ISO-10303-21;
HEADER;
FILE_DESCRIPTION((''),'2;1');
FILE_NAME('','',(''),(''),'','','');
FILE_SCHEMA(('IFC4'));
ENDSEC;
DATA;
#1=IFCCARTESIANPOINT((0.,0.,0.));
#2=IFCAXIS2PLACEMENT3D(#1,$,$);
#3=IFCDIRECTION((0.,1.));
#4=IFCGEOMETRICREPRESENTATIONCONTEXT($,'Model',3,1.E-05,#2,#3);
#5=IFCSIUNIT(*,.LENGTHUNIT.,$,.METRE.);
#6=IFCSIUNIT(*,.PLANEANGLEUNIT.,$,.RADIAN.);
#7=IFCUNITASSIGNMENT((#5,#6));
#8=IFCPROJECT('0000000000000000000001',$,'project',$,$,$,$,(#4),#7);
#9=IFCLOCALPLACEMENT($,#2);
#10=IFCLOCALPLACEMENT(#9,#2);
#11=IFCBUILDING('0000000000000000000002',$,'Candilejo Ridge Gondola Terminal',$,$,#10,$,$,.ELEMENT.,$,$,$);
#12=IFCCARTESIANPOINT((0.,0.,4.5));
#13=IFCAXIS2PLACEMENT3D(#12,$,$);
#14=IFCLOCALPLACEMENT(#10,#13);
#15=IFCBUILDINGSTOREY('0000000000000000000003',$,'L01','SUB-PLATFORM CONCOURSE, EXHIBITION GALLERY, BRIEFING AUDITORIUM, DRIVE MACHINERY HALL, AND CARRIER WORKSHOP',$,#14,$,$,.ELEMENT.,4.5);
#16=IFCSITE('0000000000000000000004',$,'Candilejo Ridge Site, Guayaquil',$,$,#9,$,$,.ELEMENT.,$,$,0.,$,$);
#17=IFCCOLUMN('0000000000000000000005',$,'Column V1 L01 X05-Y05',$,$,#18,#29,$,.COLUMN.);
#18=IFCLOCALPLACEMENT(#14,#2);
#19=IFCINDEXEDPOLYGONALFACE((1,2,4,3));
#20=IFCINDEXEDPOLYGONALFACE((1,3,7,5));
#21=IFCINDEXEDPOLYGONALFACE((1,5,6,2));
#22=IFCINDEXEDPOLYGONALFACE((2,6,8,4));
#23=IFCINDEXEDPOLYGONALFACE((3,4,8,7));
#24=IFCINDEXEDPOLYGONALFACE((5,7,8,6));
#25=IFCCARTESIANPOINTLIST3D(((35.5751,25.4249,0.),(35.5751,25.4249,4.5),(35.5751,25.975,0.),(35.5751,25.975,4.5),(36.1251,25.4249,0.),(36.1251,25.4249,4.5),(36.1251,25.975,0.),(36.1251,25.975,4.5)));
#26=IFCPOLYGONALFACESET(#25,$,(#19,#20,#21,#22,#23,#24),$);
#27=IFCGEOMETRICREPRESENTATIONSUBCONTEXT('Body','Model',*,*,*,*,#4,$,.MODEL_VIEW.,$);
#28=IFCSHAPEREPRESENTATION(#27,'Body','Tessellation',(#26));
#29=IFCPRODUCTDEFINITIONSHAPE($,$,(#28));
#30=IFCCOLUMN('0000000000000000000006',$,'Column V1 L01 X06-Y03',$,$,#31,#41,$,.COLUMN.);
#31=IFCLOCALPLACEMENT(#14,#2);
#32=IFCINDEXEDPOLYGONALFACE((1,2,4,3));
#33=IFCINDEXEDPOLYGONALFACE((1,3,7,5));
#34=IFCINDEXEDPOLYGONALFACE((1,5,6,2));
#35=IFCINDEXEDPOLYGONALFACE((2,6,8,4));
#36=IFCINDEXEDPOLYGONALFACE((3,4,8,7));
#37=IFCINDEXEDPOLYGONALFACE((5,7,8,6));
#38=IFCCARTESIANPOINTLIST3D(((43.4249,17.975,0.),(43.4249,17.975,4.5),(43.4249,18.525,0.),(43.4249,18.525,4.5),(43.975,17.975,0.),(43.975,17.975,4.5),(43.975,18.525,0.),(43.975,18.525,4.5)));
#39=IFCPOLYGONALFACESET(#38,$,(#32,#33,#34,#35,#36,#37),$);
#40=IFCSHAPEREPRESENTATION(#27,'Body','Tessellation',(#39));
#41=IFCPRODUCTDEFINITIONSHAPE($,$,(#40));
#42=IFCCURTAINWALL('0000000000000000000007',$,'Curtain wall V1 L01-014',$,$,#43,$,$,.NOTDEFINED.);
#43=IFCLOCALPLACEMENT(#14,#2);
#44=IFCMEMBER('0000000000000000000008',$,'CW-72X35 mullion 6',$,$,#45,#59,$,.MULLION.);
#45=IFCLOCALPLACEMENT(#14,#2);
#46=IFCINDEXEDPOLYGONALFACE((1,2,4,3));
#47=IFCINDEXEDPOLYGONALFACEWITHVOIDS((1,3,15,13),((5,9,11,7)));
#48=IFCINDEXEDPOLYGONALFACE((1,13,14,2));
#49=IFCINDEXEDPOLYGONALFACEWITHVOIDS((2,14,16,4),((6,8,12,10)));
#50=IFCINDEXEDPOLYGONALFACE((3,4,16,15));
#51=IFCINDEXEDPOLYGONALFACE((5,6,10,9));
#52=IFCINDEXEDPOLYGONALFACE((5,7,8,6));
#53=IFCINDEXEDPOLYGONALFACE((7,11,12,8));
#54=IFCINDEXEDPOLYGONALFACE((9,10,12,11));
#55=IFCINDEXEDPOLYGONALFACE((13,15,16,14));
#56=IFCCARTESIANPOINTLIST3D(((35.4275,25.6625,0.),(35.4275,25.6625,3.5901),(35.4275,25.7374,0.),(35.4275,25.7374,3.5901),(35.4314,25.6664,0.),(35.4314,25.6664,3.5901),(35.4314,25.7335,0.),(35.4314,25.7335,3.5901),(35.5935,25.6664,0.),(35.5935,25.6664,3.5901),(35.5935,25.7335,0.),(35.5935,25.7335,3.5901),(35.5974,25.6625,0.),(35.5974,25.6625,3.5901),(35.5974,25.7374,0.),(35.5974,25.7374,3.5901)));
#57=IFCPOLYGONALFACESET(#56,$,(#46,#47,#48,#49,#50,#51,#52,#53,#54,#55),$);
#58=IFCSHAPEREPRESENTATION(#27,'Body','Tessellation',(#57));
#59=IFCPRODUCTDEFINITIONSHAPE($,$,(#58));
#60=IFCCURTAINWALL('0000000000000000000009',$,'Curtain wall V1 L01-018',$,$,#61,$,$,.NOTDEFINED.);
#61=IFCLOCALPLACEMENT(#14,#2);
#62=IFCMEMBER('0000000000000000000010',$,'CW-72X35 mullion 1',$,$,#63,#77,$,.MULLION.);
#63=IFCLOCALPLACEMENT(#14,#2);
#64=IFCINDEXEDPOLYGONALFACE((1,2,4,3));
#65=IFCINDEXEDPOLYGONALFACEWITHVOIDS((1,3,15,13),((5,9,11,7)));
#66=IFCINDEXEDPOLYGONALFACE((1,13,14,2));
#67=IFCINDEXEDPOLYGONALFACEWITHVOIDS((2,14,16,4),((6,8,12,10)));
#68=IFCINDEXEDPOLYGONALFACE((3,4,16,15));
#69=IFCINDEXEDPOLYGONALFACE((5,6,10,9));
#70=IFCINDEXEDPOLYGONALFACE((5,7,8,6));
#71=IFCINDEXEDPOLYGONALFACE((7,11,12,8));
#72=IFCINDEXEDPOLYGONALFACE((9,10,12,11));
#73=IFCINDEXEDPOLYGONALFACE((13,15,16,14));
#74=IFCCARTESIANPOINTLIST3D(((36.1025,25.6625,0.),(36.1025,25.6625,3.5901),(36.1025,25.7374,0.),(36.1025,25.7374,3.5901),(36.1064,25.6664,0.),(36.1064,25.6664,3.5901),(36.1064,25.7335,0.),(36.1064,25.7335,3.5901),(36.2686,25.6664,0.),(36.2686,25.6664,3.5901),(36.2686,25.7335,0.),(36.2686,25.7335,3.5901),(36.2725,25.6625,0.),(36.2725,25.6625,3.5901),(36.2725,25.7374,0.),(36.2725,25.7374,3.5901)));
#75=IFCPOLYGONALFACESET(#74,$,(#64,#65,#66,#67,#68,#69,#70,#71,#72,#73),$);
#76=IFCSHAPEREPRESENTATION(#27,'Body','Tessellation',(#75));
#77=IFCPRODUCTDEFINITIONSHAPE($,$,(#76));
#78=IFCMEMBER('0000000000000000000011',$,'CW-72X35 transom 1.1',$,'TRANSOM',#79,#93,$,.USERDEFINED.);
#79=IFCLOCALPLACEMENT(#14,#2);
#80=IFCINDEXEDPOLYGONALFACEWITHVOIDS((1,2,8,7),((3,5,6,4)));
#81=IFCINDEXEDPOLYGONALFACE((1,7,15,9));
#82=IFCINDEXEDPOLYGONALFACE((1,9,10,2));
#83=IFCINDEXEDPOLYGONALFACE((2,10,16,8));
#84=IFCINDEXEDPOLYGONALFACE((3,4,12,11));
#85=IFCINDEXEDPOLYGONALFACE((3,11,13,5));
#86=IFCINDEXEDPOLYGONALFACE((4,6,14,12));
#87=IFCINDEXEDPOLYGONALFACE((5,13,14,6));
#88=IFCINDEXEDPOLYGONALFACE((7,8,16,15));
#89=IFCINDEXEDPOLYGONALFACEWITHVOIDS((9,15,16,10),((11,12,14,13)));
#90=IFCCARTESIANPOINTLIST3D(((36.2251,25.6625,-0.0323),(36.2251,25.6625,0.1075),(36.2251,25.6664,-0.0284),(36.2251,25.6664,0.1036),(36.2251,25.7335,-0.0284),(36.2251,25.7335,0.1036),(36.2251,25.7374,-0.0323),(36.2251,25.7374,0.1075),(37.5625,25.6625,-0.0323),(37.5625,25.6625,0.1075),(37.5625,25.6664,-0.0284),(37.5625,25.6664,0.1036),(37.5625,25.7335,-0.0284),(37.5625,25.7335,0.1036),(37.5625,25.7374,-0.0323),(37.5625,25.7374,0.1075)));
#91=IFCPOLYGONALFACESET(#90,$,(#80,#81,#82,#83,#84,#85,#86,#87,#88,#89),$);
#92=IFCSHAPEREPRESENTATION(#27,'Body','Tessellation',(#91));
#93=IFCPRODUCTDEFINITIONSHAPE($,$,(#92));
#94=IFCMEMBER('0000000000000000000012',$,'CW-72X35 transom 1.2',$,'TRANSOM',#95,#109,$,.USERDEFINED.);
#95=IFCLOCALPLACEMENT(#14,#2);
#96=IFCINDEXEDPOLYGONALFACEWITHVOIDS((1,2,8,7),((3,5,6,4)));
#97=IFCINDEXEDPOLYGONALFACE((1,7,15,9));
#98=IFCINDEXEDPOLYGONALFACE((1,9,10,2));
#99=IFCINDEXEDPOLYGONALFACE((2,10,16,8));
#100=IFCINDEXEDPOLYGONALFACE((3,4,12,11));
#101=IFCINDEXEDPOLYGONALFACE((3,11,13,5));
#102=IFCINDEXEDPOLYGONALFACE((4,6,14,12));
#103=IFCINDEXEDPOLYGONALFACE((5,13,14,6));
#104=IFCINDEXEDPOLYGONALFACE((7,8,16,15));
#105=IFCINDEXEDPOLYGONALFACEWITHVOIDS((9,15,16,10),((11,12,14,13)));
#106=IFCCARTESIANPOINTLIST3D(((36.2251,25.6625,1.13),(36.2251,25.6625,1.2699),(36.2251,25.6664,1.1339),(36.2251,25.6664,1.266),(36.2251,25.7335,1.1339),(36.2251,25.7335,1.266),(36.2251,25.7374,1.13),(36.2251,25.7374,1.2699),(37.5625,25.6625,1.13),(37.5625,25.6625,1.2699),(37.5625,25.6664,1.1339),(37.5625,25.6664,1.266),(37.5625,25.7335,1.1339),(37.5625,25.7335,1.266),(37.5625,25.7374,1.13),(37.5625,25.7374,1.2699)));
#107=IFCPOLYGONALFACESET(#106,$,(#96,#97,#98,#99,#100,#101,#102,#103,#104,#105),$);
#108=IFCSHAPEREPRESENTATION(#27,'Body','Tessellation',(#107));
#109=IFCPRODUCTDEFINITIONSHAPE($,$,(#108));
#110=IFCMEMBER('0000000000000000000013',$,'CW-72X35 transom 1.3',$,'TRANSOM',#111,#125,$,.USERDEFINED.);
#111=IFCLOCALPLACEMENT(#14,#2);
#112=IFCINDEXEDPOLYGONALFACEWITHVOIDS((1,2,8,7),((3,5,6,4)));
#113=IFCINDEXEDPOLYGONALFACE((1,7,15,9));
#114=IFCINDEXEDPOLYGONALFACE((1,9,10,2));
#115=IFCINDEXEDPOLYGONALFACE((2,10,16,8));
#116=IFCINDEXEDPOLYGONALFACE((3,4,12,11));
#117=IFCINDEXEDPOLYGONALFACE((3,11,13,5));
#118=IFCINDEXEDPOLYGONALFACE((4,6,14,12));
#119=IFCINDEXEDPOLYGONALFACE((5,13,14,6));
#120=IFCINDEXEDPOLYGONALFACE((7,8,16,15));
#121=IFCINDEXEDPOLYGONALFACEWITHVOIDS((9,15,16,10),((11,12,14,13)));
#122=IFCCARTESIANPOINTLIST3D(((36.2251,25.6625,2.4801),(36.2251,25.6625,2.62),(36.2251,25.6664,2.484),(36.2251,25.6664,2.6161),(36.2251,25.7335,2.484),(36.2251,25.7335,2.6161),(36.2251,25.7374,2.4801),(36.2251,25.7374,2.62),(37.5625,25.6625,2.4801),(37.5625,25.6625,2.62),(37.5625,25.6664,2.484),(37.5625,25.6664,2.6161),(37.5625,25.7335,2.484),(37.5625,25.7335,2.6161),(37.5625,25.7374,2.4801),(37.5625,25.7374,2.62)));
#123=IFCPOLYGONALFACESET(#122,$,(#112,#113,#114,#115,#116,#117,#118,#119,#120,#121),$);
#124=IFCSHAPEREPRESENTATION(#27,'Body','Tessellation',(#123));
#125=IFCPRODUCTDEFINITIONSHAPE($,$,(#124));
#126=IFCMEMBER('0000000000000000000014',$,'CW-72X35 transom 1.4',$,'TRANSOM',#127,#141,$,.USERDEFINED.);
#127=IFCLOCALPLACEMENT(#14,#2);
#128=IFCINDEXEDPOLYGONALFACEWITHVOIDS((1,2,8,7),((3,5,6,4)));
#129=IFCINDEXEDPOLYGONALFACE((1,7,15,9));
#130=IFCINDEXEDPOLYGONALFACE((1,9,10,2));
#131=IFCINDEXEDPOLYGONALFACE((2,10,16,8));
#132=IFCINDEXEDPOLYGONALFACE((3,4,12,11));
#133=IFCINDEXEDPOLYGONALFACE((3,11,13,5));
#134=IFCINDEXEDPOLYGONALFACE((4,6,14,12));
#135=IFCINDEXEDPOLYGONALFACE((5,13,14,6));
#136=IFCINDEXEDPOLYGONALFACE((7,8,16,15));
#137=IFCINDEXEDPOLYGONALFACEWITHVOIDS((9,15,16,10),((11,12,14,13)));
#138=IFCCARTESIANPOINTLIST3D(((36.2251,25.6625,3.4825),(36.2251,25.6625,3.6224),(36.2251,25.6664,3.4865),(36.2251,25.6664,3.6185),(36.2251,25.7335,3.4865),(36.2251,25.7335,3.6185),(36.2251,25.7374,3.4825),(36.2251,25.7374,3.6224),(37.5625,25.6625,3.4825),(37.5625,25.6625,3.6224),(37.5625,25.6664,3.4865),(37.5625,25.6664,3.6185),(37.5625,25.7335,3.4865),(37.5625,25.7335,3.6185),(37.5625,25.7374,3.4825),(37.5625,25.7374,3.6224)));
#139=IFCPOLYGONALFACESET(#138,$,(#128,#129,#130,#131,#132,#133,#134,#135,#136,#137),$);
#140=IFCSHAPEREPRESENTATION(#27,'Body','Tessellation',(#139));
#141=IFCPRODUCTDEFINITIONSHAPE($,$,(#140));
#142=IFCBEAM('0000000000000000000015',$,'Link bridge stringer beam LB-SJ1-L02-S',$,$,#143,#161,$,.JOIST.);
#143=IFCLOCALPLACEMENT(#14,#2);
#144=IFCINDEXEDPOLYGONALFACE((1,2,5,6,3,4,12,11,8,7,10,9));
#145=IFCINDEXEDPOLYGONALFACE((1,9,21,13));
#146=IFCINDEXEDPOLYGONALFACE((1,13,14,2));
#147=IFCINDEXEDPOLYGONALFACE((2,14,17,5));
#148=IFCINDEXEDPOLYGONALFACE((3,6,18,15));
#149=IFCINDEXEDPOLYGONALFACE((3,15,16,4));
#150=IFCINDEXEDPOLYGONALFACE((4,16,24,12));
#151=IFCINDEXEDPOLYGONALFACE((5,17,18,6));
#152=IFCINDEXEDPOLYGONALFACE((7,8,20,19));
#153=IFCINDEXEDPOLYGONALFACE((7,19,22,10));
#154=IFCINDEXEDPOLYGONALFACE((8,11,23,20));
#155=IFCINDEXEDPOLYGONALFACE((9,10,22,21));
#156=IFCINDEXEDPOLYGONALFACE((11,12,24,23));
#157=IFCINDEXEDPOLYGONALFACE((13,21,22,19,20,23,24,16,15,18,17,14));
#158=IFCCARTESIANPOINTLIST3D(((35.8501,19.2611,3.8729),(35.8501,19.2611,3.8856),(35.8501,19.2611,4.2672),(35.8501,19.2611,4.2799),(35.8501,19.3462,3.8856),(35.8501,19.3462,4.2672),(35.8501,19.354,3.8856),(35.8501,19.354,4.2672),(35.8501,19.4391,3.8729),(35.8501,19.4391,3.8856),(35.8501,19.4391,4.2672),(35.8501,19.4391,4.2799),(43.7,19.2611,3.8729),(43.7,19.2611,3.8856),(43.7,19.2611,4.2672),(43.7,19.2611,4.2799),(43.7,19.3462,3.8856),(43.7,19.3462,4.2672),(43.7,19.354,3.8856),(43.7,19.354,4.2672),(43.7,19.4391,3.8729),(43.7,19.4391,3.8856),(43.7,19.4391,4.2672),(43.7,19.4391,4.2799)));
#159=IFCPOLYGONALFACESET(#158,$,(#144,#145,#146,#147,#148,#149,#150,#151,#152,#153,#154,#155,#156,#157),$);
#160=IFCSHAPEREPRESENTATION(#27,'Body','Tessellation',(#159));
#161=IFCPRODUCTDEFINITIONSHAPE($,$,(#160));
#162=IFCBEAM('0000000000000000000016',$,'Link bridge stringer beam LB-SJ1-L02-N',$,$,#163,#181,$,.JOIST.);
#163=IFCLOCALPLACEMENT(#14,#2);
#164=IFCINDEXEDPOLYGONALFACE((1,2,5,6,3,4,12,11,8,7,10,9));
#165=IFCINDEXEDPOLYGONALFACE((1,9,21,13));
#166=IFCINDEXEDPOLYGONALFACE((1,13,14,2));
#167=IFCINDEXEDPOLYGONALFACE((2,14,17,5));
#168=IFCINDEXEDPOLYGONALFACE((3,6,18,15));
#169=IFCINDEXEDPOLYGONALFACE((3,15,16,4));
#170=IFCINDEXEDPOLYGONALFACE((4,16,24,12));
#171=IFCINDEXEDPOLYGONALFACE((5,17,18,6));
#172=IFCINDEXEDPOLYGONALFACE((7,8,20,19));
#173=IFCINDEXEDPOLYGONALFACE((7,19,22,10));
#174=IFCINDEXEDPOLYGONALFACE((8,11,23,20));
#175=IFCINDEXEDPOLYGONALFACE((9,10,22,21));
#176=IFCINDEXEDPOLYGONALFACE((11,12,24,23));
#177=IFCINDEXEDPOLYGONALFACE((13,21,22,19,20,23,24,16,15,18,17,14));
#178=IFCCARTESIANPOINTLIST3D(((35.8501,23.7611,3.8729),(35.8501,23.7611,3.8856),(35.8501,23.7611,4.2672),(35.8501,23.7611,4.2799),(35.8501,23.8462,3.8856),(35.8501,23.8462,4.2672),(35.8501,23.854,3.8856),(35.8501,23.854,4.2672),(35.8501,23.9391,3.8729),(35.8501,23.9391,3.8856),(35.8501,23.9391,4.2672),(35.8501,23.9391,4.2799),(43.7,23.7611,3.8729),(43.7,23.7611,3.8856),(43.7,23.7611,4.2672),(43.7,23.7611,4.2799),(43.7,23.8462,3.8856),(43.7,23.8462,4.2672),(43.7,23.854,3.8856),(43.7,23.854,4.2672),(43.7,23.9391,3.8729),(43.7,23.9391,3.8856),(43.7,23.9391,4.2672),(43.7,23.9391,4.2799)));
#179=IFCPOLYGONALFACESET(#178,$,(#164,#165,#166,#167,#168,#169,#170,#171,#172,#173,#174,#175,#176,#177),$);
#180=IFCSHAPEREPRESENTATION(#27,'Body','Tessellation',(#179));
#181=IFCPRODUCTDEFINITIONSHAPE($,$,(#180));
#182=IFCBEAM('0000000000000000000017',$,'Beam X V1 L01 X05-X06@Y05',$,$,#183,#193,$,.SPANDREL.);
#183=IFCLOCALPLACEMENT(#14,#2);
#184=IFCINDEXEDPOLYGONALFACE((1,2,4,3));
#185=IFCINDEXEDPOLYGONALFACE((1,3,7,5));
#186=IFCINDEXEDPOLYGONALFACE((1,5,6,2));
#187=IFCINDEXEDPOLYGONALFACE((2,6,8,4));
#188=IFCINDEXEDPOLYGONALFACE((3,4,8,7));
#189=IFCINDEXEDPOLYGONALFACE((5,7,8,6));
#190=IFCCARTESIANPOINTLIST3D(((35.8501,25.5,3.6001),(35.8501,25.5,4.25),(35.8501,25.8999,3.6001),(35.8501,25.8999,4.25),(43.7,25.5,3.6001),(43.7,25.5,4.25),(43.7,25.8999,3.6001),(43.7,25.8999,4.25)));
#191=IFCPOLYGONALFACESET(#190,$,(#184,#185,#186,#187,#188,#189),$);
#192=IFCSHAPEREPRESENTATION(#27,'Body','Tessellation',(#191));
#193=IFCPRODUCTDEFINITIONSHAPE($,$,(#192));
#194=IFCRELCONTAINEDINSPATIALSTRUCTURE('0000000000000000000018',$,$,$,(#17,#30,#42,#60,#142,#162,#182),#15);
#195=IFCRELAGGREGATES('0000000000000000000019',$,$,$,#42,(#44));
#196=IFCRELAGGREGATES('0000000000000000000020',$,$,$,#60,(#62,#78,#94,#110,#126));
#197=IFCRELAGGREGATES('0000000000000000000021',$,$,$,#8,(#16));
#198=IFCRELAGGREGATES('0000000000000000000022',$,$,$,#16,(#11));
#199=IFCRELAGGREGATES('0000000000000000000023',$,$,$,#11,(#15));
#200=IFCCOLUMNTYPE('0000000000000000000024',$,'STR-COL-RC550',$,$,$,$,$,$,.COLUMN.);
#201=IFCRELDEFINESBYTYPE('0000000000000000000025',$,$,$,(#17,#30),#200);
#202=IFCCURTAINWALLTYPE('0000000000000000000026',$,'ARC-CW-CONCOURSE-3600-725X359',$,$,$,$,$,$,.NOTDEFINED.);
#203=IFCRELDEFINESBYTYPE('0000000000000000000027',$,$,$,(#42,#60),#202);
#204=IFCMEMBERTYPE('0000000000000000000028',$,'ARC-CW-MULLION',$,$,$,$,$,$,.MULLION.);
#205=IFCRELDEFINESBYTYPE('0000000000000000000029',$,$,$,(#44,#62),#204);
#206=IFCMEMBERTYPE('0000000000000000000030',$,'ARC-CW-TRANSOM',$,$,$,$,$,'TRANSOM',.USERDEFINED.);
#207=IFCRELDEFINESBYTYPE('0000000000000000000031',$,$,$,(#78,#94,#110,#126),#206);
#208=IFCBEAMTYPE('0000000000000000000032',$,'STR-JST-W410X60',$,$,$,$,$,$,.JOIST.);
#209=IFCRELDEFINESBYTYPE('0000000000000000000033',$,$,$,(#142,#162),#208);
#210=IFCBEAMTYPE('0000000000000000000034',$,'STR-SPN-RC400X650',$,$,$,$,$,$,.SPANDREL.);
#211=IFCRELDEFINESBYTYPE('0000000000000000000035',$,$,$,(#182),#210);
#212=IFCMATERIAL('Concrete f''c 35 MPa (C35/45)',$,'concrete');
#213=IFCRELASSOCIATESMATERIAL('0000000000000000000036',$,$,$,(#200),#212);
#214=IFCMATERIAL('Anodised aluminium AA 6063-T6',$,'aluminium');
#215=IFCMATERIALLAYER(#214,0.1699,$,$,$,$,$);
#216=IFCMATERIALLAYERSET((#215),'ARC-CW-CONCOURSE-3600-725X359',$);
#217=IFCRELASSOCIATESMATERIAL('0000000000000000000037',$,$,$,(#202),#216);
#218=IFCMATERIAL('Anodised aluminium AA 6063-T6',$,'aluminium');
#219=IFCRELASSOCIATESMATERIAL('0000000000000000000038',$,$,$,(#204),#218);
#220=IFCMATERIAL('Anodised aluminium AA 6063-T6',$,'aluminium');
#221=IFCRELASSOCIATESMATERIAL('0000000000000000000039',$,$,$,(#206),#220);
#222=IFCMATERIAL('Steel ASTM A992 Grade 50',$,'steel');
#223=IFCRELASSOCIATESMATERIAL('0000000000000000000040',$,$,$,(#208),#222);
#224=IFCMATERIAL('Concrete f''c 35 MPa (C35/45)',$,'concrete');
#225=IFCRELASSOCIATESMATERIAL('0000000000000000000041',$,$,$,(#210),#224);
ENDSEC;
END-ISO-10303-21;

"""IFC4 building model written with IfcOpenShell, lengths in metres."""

from ifc_helpers import new_model, si_unit, direction, frame, origin, origin_2d, place, context, subcontext, project, spatial, rectangle, hollow_rectangle, i_section, extrude, material, layer, layer_set, material_profile, profile_set, type_object, element, aggregate, save


model = new_model("IFC4")

# Units and contexts
model_context = context("Model", 3, precision=1e-05, world=origin(), true_north=direction((0.0, 1.0)))
body_context = subcontext(model_context, "Body", "Model", "MODEL_VIEW")
ifc_project = project(units=[si_unit("LENGTHUNIT", "METRE"), si_unit("PLANEANGLEUNIT", "RADIAN")], contexts=[model_context])

# Site, building, storey
site_placement = place(None, origin())
site = spatial("IfcSite", under=ifc_project, at=site_placement, Name="Candilejo Ridge Site, Guayaquil", CompositionType="ELEMENT", RefElevation=0.0)
building_placement = place(site_placement, origin())
building = spatial("IfcBuilding", under=site, at=building_placement, Name="Candilejo Ridge Gondola Terminal", CompositionType="ELEMENT")
storey_placement = place(building_placement, frame((0.0, 0.0, 4.5)))
storey = spatial("IfcBuildingStorey", under=building, at=storey_placement, Name="L01", Description="SUB-PLATFORM CONCOURSE, EXHIBITION GALLERY, BRIEFING AUDITORIUM, DRIVE MACHINERY HALL, AND CARRIER WORKSHOP", CompositionType="ELEMENT", Elevation=4.5)

# Columns
ifc_material_1 = material(Name="Concrete f'c 35 MPa (C35/45)", Category="concrete")
ifc_material_profile_1 = material_profile(ifc_material_1, rectangle(XDim=0.55, YDim=0.55, at=origin_2d()))
ifc_profile_set_1 = profile_set([ifc_material_profile_1], Name="Concrete f'c 35 MPa (C35/45)")
column_type = type_object("IfcColumnType", Name="STR-COL-RC550", PredefinedType="COLUMN", material=ifc_profile_set_1)
for number, where, z_axis, x_axis, name in (
    (1, (35.8501, 25.7, 0.0), (0.0, 0.0, 1.0), (1.0, 0.0, 0.0), "Column V1 L01 X05-Y05"),
    (2, (43.7, 18.25, 0.0), (0.0, 0.0, 1.0), (1.0, 0.0, 0.0), "Column V1 L01 X06-Y03"),
):
    element("IfcColumn", number, at=place(storey_placement, frame(where, z_axis=z_axis, x_axis=x_axis)), inside=storey, type_object=column_type, Name=name, PredefinedType="COLUMN", context=body_context, shape_type="SweptSolid", body=[
        extrude(rectangle(XDim=0.55, YDim=0.55, at=origin_2d()), origin(), (0.0, 0.0, 1.0), 4.5),
    ])

# Curtain wall, member
ifc_material_2 = material(Name="Anodised aluminium AA 6063-T6", Category="aluminium")
ifc_layer_1 = layer(ifc_material_2, 0.1699)
ifc_layer_set_1 = layer_set([ifc_layer_1], Name="ARC-CW-CONCOURSE-3600-725X359")
curtain_wall_type = type_object("IfcCurtainWallType", Name="ARC-CW-CONCOURSE-3600-725X359", PredefinedType="NOTDEFINED", material=ifc_layer_set_1)
curtain_wall_1_placement = place(storey_placement, origin())
curtain_wall_1 = element("IfcCurtainWall", 3, at=curtain_wall_1_placement, inside=storey, type_object=curtain_wall_type, Name="Curtain wall V1 L01-014", PredefinedType="NOTDEFINED")
ifc_material_3 = material(Name="Anodised aluminium AA 6063-T6", Category="aluminium")
ifc_material_profile_2 = material_profile(ifc_material_3, hollow_rectangle(XDim=0.075, YDim=0.1699, WallThickness=0.0039, at=origin_2d()))
ifc_profile_set_2 = profile_set([ifc_material_profile_2], Name="Anodised aluminium AA 6063-T6")
member_type_1 = type_object("IfcMemberType", Name="ARC-CW-MULLION", PredefinedType="MULLION", material=ifc_profile_set_2)
member_1_placement = place(storey_placement, frame((35.5125, 25.7, 0.0), z_axis=(0.0, 0.0, 1.0), x_axis=(0.0, 1.0, 0.0)))
member_1 = element("IfcMember", 4, at=member_1_placement, type_object=member_type_1, Name="CW-72X35 mullion 6", PredefinedType="MULLION", context=body_context, shape_type="SweptSolid", body=[
    extrude(hollow_rectangle(XDim=0.075, YDim=0.1699, WallThickness=0.0039, at=origin_2d()), origin(), (0.0, 0.0, 1.0), 3.5901),
])
aggregate(curtain_wall_1, [member_1])

# Curtain wall, members
curtain_wall_2_placement = place(storey_placement, origin())
curtain_wall_2 = element("IfcCurtainWall", 5, at=curtain_wall_2_placement, inside=storey, type_object=curtain_wall_type, Name="Curtain wall V1 L01-018", PredefinedType="NOTDEFINED")
member_2_placement = place(storey_placement, frame((36.1875, 25.7, 0.0), z_axis=(0.0, 0.0, 1.0), x_axis=(0.0, 1.0, 0.0)))
member_2 = element("IfcMember", 6, at=member_2_placement, type_object=member_type_1, Name="CW-72X35 mullion 1", PredefinedType="MULLION", context=body_context, shape_type="SweptSolid", body=[
    extrude(hollow_rectangle(XDim=0.075, YDim=0.1699, WallThickness=0.0039, at=origin_2d()), origin(), (0.0, 0.0, 1.0), 3.5901),
])
ifc_material_4 = material(Name="Anodised aluminium AA 6063-T6", Category="aluminium")
ifc_material_profile_3 = material_profile(ifc_material_4, hollow_rectangle(XDim=0.075, YDim=0.1399, WallThickness=0.0039, at=origin_2d()))
ifc_profile_set_3 = profile_set([ifc_material_profile_3], Name="Anodised aluminium AA 6063-T6")
member_type_2 = type_object("IfcMemberType", Name="ARC-CW-TRANSOM", ElementType="TRANSOM", PredefinedType="USERDEFINED", material=ifc_profile_set_3)
member_3_placement = place(storey_placement, frame((36.2251, 25.7, 0.0376), z_axis=(1.0, 0.0, 0.0), x_axis=(0.0, 1.0, 0.0)))
member_3 = element("IfcMember", 7, at=member_3_placement, type_object=member_type_2, Name="CW-72X35 transom 1.1", ObjectType="TRANSOM", PredefinedType="USERDEFINED", context=body_context, shape_type="SweptSolid", body=[
    extrude(hollow_rectangle(XDim=0.075, YDim=0.1399, WallThickness=0.0039, at=origin_2d()), origin(), (0.0, 0.0, 1.0), 1.3374),
])
member_4_placement = place(storey_placement, frame((36.2251, 25.7, 1.2), z_axis=(1.0, 0.0, 0.0), x_axis=(0.0, 1.0, 0.0)))
member_4 = element("IfcMember", 8, at=member_4_placement, type_object=member_type_2, Name="CW-72X35 transom 1.2", ObjectType="TRANSOM", PredefinedType="USERDEFINED", context=body_context, shape_type="SweptSolid", body=[
    extrude(hollow_rectangle(XDim=0.075, YDim=0.1399, WallThickness=0.0039, at=origin_2d()), origin(), (0.0, 0.0, 1.0), 1.3374),
])
member_5_placement = place(storey_placement, frame((36.2251, 25.7, 2.55), z_axis=(1.0, 0.0, 0.0), x_axis=(0.0, 1.0, 0.0)))
member_5 = element("IfcMember", 9, at=member_5_placement, type_object=member_type_2, Name="CW-72X35 transom 1.3", ObjectType="TRANSOM", PredefinedType="USERDEFINED", context=body_context, shape_type="SweptSolid", body=[
    extrude(hollow_rectangle(XDim=0.075, YDim=0.1399, WallThickness=0.0039, at=origin_2d()), origin(), (0.0, 0.0, 1.0), 1.3374),
])
member_6_placement = place(storey_placement, frame((36.2251, 25.7, 3.5525), z_axis=(1.0, 0.0, 0.0), x_axis=(0.0, 1.0, 0.0)))
member_6 = element("IfcMember", 10, at=member_6_placement, type_object=member_type_2, Name="CW-72X35 transom 1.4", ObjectType="TRANSOM", PredefinedType="USERDEFINED", context=body_context, shape_type="SweptSolid", body=[
    extrude(hollow_rectangle(XDim=0.075, YDim=0.1399, WallThickness=0.0039, at=origin_2d()), origin(), (0.0, 0.0, 1.0), 1.3374),
])

# Beams
ifc_material_5 = material(Name="Steel ASTM A992 Grade 50", Category="steel")
ifc_material_profile_4 = material_profile(ifc_material_5, i_section(OverallWidth=0.178, OverallDepth=0.407, WebThickness=0.0078, FlangeThickness=0.0127, at=origin_2d()))
ifc_profile_set_4 = profile_set([ifc_material_profile_4], Name="Steel ASTM A992 Grade 50")
beam_type_1 = type_object("IfcBeamType", Name="STR-JST-W410X60", PredefinedType="JOIST", material=ifc_profile_set_4)
for number, where, z_axis, x_axis, name in (
    (11, (35.8501, 19.3501, 4.0764), (1.0, 0.0, 0.0), (0.0, 1.0, 0.0), "Link bridge stringer beam LB-SJ1-L02-S"),
    (12, (35.8501, 23.8501, 4.0764), (1.0, 0.0, 0.0), (0.0, 1.0, 0.0), "Link bridge stringer beam LB-SJ1-L02-N"),
):
    element("IfcBeam", number, at=place(storey_placement, frame(where, z_axis=z_axis, x_axis=x_axis)), inside=storey, type_object=beam_type_1, Name=name, PredefinedType="JOIST", context=body_context, shape_type="SweptSolid", body=[
        extrude(i_section(OverallWidth=0.178, OverallDepth=0.407, WebThickness=0.0078, FlangeThickness=0.0127, at=origin_2d()), origin(), (0.0, 0.0, 1.0), 7.8499),
    ])
ifc_material_6 = material(Name="Concrete f'c 35 MPa (C35/45)", Category="concrete")
ifc_material_profile_5 = material_profile(ifc_material_6, rectangle(XDim=0.3999, YDim=0.6499, at=origin_2d()))
ifc_profile_set_5 = profile_set([ifc_material_profile_5], Name="Concrete f'c 35 MPa (C35/45)")
beam_type_2 = type_object("IfcBeamType", Name="STR-SPN-RC400X650", PredefinedType="SPANDREL", material=ifc_profile_set_5)
beam_1_placement = place(storey_placement, frame((35.8501, 25.7, 3.925), z_axis=(1.0, 0.0, 0.0), x_axis=(0.0, 1.0, 0.0)))
element("IfcBeam", 13, at=beam_1_placement, inside=storey, type_object=beam_type_2, Name="Beam X V1 L01 X05-X06@Y05", PredefinedType="SPANDREL", context=body_context, shape_type="SweptSolid", body=[
    extrude(rectangle(XDim=0.3999, YDim=0.6499, at=origin_2d()), origin(), (0.0, 0.0, 1.0), 7.8499),
])

aggregate(curtain_wall_2, [member_2, member_3, member_4, member_5, member_6])

save(model, "model.ifc")
